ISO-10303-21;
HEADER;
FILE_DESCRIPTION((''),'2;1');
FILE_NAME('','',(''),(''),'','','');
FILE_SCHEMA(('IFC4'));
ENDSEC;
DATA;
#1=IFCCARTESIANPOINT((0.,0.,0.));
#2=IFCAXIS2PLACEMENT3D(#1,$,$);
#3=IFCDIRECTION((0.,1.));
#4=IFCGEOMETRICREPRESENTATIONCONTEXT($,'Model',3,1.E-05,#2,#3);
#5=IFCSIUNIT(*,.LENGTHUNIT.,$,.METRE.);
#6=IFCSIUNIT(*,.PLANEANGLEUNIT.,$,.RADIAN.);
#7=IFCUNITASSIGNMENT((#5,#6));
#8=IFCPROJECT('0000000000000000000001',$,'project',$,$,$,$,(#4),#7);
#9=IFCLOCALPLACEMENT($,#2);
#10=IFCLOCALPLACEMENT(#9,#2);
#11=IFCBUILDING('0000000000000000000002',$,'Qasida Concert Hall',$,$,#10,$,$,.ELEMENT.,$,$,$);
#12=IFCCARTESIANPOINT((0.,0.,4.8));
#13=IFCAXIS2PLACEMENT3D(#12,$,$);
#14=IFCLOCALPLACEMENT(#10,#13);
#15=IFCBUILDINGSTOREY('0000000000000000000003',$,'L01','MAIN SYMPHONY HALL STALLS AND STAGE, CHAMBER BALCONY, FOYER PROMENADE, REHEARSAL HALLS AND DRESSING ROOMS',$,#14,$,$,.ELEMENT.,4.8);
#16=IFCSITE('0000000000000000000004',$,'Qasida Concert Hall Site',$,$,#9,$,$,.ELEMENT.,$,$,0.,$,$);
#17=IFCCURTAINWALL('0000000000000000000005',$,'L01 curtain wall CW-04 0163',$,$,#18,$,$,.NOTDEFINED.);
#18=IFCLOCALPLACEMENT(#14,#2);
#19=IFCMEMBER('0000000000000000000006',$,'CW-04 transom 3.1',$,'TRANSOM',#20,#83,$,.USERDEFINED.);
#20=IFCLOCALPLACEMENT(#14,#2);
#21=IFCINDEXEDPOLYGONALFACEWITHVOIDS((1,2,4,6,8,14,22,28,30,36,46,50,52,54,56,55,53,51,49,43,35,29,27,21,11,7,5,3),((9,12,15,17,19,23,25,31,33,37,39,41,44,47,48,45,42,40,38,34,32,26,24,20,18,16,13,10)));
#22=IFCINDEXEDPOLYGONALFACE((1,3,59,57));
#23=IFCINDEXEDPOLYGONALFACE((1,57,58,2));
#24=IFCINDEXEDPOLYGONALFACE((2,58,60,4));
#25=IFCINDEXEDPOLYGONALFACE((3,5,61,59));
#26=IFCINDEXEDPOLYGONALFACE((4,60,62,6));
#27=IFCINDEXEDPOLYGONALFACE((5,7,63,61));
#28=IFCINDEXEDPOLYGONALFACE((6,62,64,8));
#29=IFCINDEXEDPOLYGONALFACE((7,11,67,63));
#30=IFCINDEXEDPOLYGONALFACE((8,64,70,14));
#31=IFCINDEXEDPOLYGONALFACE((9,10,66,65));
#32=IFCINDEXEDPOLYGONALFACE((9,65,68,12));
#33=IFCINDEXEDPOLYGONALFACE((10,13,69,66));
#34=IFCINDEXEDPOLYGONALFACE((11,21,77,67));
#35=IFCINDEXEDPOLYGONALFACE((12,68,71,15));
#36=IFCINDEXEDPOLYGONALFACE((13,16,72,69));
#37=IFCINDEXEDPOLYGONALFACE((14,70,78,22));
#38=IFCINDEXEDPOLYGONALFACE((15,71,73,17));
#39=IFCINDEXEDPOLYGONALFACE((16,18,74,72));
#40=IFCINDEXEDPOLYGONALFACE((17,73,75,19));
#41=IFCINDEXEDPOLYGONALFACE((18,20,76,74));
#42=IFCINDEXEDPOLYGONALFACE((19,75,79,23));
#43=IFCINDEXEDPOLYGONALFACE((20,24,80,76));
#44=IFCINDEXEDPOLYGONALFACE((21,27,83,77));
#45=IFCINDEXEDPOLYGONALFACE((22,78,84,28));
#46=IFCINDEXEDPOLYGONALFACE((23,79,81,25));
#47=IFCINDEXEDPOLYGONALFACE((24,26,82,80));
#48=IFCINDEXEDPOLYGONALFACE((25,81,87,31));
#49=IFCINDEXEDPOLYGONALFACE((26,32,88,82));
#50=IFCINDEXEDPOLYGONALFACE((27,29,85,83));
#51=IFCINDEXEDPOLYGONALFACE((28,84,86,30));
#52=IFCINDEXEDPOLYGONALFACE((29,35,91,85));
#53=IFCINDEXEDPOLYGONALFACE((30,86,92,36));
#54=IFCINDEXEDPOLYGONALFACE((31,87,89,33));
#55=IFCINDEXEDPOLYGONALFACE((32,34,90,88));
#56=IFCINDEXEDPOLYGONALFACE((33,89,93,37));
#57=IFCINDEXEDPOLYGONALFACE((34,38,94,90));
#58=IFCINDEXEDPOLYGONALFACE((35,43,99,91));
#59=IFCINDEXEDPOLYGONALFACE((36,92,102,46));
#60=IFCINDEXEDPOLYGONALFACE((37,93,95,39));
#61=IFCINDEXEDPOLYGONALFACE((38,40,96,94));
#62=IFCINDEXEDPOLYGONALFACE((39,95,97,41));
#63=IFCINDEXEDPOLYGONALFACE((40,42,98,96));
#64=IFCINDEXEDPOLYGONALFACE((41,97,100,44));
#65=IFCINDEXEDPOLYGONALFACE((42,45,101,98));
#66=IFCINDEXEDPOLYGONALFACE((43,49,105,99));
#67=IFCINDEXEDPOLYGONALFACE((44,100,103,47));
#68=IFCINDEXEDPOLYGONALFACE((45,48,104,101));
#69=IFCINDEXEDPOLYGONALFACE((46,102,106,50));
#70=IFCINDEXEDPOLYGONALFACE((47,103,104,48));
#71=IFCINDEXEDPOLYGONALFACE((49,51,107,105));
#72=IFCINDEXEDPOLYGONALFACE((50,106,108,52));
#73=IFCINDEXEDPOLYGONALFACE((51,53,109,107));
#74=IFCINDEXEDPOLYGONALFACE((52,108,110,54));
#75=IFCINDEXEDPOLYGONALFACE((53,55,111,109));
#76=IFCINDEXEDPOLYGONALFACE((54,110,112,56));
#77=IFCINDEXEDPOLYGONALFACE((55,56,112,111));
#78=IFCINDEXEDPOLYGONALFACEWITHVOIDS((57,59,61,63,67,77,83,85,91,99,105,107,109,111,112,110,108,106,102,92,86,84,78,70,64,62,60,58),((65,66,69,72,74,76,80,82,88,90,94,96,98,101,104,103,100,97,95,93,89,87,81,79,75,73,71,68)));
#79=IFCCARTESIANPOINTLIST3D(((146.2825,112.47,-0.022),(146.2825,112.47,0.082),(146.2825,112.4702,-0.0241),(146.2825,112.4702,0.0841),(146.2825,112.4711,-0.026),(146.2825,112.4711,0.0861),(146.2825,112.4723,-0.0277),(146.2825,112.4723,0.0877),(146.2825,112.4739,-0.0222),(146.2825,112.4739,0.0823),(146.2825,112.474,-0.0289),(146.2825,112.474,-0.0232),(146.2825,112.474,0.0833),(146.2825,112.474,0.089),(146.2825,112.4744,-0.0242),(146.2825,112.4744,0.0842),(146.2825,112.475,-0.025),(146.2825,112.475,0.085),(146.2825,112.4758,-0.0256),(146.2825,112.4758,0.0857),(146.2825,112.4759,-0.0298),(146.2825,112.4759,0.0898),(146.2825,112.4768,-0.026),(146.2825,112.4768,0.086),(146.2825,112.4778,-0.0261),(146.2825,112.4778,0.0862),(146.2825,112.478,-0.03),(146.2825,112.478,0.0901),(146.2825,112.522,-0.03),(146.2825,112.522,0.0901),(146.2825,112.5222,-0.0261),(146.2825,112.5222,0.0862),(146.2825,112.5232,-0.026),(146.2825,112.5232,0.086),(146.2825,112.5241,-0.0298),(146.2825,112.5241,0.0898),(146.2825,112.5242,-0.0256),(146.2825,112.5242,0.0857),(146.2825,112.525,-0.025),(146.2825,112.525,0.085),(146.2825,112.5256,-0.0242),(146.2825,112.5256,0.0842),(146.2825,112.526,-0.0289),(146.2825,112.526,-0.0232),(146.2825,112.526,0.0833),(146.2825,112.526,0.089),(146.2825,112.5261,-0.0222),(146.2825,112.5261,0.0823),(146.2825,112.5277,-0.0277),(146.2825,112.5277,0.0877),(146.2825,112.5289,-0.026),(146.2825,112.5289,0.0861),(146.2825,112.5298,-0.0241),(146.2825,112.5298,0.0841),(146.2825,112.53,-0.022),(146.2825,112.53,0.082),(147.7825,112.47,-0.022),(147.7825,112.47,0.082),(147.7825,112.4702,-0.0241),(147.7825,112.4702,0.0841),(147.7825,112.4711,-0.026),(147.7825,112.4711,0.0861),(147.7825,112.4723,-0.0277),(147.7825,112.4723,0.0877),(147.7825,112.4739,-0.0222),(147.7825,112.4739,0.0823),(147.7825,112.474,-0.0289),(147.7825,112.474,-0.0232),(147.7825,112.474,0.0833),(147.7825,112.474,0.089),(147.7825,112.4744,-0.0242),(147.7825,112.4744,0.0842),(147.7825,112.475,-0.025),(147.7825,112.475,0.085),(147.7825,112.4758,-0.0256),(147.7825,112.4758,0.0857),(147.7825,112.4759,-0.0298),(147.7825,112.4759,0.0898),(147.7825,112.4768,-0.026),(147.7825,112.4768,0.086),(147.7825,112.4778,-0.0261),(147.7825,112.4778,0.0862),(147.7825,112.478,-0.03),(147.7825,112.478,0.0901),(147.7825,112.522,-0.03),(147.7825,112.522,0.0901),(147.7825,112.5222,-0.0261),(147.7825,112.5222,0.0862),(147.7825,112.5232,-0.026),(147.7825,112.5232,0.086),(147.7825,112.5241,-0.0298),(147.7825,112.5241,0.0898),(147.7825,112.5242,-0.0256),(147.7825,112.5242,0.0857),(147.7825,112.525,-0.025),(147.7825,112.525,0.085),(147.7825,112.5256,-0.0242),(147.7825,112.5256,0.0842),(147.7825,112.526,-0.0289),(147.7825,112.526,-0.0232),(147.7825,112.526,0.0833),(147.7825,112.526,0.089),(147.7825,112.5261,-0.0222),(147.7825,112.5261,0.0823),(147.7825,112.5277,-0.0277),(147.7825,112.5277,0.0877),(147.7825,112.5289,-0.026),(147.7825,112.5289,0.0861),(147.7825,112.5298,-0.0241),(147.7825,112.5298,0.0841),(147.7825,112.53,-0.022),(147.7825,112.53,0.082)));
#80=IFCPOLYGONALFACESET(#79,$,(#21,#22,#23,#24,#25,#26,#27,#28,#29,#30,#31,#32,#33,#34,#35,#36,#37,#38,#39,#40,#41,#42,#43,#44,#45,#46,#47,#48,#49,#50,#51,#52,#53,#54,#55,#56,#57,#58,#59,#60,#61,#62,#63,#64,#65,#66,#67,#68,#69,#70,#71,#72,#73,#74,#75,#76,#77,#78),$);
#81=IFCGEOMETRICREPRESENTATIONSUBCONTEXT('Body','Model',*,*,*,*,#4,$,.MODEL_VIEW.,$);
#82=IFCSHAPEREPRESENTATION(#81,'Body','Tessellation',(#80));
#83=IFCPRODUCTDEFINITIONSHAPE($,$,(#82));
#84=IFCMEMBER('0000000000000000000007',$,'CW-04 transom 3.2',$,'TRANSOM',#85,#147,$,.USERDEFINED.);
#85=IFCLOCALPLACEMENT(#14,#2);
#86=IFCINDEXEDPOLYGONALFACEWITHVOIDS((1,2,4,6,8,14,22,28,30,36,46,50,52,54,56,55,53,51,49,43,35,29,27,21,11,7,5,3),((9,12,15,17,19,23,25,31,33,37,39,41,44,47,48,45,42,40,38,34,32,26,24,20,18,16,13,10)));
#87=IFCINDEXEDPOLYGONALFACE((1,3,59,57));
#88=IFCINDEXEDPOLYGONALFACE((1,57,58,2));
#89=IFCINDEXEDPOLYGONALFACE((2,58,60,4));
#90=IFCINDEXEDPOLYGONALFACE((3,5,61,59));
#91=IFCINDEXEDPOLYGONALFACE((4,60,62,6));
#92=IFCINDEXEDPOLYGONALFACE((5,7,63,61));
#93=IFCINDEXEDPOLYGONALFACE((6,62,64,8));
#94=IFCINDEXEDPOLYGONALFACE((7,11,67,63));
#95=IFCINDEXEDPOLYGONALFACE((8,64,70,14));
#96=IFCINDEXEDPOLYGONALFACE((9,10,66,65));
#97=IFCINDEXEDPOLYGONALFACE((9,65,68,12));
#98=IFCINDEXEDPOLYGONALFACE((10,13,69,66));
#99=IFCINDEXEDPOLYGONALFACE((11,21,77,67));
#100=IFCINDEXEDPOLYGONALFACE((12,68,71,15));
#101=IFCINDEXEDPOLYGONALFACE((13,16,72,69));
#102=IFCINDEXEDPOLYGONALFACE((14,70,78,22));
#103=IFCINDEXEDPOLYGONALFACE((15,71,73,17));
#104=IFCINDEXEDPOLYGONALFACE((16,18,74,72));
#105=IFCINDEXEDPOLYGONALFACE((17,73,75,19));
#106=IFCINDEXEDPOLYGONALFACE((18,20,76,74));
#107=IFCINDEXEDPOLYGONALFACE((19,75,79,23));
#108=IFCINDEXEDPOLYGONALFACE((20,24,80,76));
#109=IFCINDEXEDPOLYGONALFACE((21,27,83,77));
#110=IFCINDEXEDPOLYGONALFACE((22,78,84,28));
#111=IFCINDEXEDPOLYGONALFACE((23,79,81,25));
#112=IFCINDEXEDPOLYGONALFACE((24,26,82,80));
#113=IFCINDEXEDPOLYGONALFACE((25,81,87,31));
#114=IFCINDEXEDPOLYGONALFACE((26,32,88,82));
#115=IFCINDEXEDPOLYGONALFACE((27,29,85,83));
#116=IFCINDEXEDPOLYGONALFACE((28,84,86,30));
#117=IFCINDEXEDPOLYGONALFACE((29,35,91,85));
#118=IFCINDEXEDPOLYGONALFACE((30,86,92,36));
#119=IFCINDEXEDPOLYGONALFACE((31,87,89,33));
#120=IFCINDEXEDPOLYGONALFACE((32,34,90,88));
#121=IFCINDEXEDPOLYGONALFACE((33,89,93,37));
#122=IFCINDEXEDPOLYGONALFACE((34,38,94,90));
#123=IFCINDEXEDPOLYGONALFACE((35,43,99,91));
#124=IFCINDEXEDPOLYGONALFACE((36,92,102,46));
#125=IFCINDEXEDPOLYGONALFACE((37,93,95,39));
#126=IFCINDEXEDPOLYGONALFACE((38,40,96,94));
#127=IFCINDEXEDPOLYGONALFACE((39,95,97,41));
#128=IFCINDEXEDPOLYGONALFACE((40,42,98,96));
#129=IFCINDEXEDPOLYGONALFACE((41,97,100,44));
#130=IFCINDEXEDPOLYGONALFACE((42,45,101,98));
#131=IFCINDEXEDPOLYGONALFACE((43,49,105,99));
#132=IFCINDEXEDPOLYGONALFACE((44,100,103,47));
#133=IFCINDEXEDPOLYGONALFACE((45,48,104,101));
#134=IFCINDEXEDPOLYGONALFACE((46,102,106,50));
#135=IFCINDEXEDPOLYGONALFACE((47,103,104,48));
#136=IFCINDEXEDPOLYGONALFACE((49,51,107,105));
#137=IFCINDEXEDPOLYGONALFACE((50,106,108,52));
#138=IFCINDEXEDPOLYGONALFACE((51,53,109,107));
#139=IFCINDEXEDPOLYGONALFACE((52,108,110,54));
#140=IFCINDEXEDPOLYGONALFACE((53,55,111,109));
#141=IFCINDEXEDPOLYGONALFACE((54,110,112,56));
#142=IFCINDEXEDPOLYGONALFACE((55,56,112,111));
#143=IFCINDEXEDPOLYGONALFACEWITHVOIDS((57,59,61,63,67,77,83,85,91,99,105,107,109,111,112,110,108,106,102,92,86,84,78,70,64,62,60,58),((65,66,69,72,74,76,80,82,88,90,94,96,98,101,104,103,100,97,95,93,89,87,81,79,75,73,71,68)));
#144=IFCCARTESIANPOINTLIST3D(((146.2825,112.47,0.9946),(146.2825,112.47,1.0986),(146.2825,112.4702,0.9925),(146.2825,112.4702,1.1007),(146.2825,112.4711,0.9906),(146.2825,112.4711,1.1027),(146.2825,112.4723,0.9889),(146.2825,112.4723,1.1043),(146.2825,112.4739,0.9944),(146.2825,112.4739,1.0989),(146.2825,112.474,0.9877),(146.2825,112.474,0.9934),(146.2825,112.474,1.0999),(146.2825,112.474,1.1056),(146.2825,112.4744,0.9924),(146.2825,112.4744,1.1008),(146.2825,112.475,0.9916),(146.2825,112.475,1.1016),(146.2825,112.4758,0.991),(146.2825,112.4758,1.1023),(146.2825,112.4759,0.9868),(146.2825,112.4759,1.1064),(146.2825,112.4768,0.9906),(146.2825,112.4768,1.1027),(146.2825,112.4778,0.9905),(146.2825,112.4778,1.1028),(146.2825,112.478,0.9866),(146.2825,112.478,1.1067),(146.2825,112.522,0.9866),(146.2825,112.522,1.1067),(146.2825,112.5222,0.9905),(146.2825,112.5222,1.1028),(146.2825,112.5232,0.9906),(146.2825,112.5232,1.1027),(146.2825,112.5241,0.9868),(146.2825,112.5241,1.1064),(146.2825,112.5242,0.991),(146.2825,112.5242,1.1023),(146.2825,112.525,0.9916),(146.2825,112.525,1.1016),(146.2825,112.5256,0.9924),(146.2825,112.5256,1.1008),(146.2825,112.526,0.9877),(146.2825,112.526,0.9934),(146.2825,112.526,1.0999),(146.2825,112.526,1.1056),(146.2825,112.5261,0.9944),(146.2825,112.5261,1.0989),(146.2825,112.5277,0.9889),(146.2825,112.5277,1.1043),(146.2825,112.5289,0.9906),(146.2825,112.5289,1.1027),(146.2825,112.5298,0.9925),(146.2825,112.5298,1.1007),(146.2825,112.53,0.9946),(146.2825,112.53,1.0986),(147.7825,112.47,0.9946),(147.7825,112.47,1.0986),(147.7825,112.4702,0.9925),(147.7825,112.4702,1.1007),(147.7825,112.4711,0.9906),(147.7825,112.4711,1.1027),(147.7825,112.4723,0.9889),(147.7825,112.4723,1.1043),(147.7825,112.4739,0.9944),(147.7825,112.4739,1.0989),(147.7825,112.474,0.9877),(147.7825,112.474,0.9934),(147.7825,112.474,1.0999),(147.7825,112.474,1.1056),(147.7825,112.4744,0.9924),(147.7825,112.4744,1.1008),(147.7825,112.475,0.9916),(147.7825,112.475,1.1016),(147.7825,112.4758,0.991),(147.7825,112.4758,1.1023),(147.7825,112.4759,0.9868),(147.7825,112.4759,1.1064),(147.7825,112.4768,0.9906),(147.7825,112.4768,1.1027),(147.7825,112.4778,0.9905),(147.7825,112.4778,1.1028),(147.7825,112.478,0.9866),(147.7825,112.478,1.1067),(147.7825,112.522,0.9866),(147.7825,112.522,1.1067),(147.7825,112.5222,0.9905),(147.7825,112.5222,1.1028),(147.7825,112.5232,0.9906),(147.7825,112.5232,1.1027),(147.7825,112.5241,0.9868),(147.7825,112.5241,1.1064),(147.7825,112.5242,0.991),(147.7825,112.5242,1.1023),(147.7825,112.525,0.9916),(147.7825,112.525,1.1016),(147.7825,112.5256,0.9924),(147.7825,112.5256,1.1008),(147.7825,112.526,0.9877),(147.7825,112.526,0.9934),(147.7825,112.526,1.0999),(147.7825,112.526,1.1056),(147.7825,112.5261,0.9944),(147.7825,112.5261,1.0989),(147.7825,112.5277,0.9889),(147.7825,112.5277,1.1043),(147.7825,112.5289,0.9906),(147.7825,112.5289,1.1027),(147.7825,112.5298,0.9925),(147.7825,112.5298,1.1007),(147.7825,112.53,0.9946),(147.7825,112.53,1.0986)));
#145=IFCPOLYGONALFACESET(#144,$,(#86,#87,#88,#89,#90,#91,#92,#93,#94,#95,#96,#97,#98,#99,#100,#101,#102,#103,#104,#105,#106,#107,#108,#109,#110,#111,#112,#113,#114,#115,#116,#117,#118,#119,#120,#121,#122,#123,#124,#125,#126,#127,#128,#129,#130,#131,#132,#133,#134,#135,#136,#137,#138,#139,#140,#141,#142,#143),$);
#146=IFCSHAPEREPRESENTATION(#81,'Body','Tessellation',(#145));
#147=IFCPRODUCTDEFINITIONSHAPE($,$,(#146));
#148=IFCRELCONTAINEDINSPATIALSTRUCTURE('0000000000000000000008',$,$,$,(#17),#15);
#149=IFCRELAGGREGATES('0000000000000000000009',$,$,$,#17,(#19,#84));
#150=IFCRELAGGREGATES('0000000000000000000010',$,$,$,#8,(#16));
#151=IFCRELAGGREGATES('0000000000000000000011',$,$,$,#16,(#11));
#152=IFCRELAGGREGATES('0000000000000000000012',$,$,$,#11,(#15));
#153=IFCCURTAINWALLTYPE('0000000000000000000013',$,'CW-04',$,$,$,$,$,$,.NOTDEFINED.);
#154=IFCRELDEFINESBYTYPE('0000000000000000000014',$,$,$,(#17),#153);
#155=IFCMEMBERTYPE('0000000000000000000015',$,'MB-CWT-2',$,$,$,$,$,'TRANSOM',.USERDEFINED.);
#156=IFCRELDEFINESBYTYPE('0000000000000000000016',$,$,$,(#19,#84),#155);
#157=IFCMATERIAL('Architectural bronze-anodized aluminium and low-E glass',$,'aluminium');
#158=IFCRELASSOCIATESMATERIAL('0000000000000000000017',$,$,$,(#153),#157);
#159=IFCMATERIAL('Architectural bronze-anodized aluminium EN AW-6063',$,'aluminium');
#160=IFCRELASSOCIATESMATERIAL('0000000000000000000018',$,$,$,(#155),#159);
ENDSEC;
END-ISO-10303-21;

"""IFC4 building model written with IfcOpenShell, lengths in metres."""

from ifc_helpers import new_model, si_unit, direction, frame, origin, origin_2d, place, context, subcontext, project, spatial, hollow_rectangle, extrude, material, material_profile, profile_set, type_object, element, aggregate, save


model = new_model("IFC4")

# Units and contexts
model_context = context("Model", 3, precision=1e-05, world=origin(), true_north=direction((0.0, 1.0)))
body_context = subcontext(model_context, "Body", "Model", "MODEL_VIEW")
ifc_project = project(units=[si_unit("LENGTHUNIT", "METRE"), si_unit("PLANEANGLEUNIT", "RADIAN")], contexts=[model_context])

# Site, building, storey
site_placement = place(None, origin())
site = spatial("IfcSite", under=ifc_project, at=site_placement, Name="Qasida Concert Hall Site", CompositionType="ELEMENT", RefElevation=0.0)
building_placement = place(site_placement, origin())
building = spatial("IfcBuilding", under=site, at=building_placement, Name="Qasida Concert Hall", CompositionType="ELEMENT")
storey_placement = place(building_placement, frame((0.0, 0.0, 4.8)))
storey = spatial("IfcBuildingStorey", under=building, at=storey_placement, Name="L01", Description="MAIN SYMPHONY HALL STALLS AND STAGE, CHAMBER BALCONY, FOYER PROMENADE, REHEARSAL HALLS AND DRESSING ROOMS", CompositionType="ELEMENT", Elevation=4.8)

# Curtain wall, members
ifc_material_1 = material(Name="Architectural bronze-anodized aluminium and low-E glass", Category="aluminium")
curtain_wall_type = type_object("IfcCurtainWallType", Name="CW-04", PredefinedType="NOTDEFINED", material=ifc_material_1)
curtain_wall_placement = place(storey_placement, origin())
curtain_wall = element("IfcCurtainWall", 1, at=curtain_wall_placement, inside=storey, type_object=curtain_wall_type, Name="L01 curtain wall CW-04 0163", PredefinedType="NOTDEFINED")
ifc_material_2 = material(Name="Architectural bronze-anodized aluminium EN AW-6063", Category="aluminium")
ifc_material_profile_1 = material_profile(ifc_material_2, hollow_rectangle(XDim=0.0601, YDim=0.1201, WallThickness=0.0039, InnerFilletRadius=0.0039, OuterFilletRadius=0.0081, at=origin_2d()), Name="CWT 120x60x4")
ifc_profile_set_1 = profile_set([ifc_material_profile_1], Name="Architectural bronze-anodized aluminium EN AW-6063")
member_type_1 = type_object("IfcMemberType", Name="MB-CWT-2", ElementType="TRANSOM", PredefinedType="USERDEFINED", material=ifc_profile_set_1)
member_1_placement = place(storey_placement, frame((146.2825, 112.5, 0.03), z_axis=(1.0, 0.0, 0.0), x_axis=(0.0, 1.0, 0.0)))
member_1 = element("IfcMember", 2, at=member_1_placement, type_object=member_type_1, Name="CW-04 transom 3.1", ObjectType="TRANSOM", PredefinedType="USERDEFINED", context=body_context, shape_type="SweptSolid", body=[
    extrude(hollow_rectangle(XDim=0.0601, YDim=0.1201, WallThickness=0.0039, InnerFilletRadius=0.0039, OuterFilletRadius=0.0081, at=origin_2d()), origin(), (0.0, 0.0, 1.0), 1.5),
])
member_2_placement = place(storey_placement, frame((146.2825, 112.5, 1.0466), z_axis=(1.0, 0.0, 0.0), x_axis=(0.0, 1.0, 0.0)))
member_2 = element("IfcMember", 3, at=member_2_placement, type_object=member_type_1, Name="CW-04 transom 3.2", ObjectType="TRANSOM", PredefinedType="USERDEFINED", context=body_context, shape_type="SweptSolid", body=[
    extrude(hollow_rectangle(XDim=0.0601, YDim=0.1201, WallThickness=0.0039, InnerFilletRadius=0.0039, OuterFilletRadius=0.0081, at=origin_2d()), origin(), (0.0, 0.0, 1.0), 1.5),
])
aggregate(curtain_wall, [member_1, member_2])

save(model, "model.ifc")
